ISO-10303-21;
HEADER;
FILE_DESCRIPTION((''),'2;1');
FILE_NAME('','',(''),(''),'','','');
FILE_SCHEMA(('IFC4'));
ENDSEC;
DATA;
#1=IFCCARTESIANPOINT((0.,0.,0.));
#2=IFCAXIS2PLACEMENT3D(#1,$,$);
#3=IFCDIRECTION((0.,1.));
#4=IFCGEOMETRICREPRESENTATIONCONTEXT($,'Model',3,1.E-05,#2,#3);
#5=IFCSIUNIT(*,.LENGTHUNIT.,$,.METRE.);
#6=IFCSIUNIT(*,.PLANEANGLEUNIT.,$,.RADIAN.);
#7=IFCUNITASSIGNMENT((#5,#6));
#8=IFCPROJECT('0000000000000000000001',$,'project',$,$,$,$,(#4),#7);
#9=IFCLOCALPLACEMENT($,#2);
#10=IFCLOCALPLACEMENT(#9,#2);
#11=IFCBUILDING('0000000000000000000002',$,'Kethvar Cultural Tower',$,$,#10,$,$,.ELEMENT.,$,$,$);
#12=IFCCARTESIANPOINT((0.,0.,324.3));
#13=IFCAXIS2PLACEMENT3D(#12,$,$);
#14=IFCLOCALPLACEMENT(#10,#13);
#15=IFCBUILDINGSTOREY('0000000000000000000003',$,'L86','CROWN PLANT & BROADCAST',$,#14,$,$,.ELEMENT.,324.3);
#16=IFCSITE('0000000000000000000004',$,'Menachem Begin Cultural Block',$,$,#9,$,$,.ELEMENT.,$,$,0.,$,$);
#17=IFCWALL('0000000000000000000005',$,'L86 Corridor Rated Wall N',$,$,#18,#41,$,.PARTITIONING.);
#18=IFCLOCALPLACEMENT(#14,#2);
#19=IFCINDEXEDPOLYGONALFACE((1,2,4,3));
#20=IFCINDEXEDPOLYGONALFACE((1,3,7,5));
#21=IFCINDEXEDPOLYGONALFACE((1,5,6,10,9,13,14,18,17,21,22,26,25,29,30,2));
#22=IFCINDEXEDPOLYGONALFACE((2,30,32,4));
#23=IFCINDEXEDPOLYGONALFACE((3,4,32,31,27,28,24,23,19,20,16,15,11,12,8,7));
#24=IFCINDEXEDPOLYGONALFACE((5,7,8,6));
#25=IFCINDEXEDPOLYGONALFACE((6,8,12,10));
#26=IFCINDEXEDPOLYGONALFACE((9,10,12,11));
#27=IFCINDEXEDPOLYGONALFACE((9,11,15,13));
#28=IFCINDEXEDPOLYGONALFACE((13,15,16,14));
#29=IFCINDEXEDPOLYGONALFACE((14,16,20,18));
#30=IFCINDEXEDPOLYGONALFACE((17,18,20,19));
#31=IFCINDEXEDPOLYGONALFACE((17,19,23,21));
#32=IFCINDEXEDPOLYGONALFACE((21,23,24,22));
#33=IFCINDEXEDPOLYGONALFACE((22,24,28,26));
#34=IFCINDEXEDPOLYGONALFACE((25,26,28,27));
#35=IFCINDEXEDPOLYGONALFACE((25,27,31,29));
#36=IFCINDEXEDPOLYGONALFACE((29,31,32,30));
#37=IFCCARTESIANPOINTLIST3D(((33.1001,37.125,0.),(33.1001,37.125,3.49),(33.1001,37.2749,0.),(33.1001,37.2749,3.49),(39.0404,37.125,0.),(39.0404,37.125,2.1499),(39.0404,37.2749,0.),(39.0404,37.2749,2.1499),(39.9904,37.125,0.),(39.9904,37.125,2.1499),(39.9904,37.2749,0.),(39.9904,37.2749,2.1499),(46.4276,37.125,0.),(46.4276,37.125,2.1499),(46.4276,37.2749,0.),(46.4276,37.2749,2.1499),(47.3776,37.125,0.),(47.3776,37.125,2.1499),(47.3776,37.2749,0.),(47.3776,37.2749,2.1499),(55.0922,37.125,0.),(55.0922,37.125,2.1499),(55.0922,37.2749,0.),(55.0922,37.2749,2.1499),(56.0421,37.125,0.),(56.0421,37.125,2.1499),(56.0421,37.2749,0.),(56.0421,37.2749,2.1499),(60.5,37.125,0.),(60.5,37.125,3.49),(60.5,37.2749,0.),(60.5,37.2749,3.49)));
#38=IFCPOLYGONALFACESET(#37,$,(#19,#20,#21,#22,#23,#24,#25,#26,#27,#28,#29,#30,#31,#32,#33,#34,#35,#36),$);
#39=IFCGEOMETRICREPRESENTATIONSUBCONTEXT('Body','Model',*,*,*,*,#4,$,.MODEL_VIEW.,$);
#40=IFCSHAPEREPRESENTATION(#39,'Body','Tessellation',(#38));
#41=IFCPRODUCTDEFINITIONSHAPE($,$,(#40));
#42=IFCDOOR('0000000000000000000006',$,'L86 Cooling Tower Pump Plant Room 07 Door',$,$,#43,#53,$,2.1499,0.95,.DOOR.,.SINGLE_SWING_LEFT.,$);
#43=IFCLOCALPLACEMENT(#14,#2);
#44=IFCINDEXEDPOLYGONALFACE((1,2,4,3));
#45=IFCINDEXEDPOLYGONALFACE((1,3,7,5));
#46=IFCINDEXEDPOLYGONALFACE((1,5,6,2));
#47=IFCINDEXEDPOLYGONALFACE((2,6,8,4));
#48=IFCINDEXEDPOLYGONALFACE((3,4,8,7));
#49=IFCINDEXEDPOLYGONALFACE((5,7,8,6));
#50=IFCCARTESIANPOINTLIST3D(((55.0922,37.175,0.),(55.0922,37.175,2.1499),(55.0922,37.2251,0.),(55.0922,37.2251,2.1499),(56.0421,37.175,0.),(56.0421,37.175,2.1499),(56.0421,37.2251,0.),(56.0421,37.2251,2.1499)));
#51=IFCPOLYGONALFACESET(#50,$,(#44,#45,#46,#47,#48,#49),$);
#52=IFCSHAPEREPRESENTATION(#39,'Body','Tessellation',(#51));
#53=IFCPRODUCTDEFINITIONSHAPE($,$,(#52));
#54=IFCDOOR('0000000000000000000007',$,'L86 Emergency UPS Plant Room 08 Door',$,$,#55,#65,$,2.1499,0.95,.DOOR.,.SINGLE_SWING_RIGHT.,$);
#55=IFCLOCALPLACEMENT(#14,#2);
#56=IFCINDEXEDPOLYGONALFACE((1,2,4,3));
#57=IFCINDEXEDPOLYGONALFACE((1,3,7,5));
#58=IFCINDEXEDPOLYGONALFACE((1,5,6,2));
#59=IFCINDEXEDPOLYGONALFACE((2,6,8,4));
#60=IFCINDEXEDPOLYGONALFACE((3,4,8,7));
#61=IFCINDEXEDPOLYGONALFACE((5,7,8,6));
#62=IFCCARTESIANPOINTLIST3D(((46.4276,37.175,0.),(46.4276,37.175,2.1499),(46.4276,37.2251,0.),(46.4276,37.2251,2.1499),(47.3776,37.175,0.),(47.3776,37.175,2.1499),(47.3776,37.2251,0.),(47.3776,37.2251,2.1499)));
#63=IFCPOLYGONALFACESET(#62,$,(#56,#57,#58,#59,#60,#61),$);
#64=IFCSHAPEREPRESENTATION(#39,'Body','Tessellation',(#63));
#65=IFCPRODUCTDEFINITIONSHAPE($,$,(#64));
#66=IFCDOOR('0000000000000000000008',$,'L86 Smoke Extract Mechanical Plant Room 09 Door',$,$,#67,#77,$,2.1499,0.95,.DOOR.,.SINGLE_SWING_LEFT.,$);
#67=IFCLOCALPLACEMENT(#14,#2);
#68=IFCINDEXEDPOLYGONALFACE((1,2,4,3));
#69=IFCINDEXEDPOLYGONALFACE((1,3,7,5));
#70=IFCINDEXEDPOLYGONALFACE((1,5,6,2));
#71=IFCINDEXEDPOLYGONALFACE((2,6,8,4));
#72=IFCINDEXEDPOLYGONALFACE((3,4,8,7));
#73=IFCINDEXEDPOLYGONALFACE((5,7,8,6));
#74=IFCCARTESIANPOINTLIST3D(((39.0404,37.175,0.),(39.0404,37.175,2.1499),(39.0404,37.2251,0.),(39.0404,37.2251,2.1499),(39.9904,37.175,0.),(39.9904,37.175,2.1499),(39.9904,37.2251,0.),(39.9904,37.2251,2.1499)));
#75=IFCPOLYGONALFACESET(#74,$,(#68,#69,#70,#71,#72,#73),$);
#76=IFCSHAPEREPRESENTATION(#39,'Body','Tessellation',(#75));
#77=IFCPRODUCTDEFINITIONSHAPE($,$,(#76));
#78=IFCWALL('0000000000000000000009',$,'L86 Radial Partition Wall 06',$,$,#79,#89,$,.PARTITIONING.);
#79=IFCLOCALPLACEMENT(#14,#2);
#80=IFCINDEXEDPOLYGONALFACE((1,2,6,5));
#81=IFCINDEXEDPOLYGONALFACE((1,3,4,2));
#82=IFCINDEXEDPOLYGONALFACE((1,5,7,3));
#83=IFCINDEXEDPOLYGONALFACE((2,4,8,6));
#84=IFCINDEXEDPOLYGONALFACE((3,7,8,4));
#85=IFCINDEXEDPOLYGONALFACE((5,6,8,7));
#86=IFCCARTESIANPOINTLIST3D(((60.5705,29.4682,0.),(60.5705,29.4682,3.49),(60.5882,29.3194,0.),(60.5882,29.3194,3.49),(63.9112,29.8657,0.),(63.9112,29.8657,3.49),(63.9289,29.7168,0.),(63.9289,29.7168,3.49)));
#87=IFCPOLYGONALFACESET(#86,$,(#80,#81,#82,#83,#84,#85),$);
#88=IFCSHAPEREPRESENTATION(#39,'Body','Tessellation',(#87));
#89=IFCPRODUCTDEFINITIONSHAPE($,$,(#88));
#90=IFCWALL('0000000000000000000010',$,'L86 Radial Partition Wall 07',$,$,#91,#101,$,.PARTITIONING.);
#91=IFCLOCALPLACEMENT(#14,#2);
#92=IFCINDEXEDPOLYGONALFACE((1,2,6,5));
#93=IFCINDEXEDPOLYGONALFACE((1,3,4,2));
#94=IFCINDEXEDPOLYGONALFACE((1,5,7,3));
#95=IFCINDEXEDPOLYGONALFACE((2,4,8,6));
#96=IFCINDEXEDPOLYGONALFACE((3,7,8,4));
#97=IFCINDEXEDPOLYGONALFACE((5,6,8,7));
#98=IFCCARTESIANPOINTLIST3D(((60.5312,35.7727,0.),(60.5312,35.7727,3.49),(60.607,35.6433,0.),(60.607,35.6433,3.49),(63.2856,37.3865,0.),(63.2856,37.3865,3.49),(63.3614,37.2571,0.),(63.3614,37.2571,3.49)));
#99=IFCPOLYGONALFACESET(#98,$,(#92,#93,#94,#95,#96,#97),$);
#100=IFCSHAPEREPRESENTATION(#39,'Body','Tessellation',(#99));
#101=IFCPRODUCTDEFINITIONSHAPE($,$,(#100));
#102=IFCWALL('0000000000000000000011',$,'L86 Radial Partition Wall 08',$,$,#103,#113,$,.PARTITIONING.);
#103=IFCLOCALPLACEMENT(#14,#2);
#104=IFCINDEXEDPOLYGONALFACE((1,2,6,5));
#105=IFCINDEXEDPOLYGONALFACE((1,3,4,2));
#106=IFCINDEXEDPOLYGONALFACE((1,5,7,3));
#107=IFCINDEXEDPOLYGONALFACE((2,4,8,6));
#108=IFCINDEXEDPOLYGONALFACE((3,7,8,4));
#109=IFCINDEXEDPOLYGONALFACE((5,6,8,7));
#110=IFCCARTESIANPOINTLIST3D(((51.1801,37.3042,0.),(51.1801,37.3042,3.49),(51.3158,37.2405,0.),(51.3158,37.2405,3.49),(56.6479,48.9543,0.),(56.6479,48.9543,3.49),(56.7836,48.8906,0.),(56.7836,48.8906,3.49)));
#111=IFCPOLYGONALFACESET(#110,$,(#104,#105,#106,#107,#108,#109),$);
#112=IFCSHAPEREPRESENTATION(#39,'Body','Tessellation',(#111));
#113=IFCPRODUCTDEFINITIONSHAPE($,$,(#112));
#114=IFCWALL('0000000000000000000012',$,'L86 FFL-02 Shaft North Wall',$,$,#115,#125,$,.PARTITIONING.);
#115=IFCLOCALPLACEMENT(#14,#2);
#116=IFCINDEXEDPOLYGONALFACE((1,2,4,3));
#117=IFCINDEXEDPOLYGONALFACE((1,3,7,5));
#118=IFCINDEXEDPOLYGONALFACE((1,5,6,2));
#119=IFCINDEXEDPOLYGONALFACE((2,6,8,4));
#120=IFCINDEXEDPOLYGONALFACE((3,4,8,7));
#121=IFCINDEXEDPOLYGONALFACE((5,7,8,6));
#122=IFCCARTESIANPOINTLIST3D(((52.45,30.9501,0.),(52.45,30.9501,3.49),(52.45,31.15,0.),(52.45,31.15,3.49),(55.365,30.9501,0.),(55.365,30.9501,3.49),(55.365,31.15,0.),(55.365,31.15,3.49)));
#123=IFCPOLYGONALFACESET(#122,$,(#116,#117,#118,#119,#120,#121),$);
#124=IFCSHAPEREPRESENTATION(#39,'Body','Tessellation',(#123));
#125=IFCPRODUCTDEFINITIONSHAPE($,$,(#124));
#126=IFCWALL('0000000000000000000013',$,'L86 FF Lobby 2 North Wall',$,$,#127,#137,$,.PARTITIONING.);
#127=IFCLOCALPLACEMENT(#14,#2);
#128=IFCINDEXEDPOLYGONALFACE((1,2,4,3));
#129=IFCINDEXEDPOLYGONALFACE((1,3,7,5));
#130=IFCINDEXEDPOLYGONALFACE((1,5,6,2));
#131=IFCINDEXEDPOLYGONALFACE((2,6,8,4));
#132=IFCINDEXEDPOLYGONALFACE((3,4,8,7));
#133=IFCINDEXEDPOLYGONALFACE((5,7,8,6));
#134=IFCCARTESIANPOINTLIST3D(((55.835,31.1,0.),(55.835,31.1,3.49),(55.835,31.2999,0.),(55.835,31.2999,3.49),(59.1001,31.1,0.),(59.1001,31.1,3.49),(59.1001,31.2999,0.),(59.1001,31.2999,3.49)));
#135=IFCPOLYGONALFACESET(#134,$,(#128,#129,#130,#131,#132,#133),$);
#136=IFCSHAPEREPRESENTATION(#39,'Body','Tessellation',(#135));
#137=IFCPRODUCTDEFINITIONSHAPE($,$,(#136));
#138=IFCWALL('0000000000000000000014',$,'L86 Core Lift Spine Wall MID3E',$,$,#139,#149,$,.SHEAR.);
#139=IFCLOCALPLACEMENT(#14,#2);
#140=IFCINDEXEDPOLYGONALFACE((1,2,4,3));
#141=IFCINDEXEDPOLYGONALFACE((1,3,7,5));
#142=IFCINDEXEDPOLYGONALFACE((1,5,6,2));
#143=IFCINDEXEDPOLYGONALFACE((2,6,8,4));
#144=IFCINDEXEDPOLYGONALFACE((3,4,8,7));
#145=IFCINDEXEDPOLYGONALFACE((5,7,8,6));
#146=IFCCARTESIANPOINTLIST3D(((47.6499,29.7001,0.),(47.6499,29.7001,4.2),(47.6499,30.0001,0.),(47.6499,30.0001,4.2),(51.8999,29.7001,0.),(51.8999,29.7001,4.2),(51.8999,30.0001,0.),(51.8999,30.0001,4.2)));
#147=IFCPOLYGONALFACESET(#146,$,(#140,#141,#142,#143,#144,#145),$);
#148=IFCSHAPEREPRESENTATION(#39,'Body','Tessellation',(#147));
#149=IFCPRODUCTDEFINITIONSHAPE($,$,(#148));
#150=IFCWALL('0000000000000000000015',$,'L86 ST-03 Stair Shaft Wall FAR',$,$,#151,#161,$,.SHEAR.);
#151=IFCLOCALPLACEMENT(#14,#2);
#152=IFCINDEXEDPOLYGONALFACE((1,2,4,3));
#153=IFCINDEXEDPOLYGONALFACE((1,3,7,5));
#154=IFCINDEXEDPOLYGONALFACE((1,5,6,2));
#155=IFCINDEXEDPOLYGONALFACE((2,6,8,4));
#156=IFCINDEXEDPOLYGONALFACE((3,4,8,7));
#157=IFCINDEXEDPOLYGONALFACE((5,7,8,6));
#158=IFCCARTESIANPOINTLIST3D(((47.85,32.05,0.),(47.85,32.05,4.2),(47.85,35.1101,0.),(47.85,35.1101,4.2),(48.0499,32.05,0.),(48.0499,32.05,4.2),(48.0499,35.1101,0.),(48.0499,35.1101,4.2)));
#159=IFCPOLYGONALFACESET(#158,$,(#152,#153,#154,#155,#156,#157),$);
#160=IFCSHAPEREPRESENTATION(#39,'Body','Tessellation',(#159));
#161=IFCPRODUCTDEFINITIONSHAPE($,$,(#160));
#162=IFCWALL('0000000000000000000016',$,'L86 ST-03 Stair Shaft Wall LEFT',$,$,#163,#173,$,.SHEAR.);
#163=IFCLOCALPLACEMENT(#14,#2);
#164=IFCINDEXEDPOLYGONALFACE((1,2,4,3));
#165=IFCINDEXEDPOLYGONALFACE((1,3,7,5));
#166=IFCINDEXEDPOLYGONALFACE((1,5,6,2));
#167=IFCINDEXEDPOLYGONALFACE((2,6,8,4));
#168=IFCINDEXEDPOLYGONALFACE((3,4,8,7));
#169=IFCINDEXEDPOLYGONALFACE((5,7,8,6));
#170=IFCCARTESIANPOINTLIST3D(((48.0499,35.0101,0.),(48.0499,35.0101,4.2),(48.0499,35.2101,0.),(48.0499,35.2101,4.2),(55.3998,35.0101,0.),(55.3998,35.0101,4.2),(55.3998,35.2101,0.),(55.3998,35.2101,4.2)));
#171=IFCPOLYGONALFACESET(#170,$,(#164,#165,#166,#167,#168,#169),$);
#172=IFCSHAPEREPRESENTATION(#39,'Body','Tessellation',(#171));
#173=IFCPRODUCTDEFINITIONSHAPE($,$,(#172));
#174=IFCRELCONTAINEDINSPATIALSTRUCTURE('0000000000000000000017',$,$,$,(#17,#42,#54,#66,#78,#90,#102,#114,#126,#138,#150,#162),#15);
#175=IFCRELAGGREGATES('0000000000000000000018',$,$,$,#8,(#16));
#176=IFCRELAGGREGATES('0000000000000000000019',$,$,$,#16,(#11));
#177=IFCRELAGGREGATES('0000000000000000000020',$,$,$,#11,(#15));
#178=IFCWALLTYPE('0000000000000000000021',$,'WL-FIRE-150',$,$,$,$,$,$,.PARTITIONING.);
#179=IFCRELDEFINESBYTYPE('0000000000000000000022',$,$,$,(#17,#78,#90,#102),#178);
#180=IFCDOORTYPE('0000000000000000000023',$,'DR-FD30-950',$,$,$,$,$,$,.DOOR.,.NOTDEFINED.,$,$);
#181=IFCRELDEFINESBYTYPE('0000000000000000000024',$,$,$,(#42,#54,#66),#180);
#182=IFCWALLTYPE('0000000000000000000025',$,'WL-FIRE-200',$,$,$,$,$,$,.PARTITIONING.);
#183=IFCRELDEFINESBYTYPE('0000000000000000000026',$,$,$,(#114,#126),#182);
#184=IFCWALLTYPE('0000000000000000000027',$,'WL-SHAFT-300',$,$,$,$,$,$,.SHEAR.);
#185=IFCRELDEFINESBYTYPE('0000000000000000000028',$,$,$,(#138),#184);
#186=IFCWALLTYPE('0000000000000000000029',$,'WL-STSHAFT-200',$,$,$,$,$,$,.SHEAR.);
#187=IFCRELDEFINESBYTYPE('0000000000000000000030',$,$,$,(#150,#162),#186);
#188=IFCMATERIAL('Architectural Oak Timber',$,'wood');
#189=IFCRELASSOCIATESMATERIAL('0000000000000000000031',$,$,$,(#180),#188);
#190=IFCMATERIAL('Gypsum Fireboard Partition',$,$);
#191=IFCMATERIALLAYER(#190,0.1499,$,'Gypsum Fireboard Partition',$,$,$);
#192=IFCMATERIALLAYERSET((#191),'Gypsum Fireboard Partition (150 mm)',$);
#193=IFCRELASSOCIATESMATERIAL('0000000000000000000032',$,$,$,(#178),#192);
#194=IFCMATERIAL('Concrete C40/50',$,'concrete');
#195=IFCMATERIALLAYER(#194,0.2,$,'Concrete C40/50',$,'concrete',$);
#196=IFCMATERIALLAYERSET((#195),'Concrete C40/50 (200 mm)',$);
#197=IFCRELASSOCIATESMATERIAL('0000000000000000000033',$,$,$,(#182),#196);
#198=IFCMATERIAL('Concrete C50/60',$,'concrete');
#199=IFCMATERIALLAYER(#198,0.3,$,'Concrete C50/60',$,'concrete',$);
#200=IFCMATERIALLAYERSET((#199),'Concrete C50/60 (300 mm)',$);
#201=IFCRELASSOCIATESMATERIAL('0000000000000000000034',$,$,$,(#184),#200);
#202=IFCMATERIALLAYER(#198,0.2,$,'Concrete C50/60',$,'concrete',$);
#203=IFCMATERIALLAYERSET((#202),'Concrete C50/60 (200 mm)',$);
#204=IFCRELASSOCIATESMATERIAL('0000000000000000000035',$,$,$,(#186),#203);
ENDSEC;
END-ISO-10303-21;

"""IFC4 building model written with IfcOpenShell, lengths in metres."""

from ifc_helpers import new_model, si_unit, direction, frame, frame_2d, origin, place, context, subcontext, project, spatial, rectangle, extrude, source, transform, mapped, material, layer, layer_set, type_object, element, fill, save


model = new_model("IFC4")

# Units and contexts
model_context = context("Model", 3, precision=1e-05, world=origin(), true_north=direction((0.0, 1.0)))
body_context = subcontext(model_context, "Body", "Model", "MODEL_VIEW")
ifc_project = project(units=[si_unit("LENGTHUNIT", "METRE"), si_unit("PLANEANGLEUNIT", "RADIAN")], contexts=[model_context])

# Site, building, storey
site_placement = place(None, origin())
site = spatial("IfcSite", under=ifc_project, at=site_placement, Name="Menachem Begin Cultural Block", CompositionType="ELEMENT", RefElevation=0.0)
building_placement = place(site_placement, origin())
building = spatial("IfcBuilding", under=site, at=building_placement, Name="Kethvar Cultural Tower", CompositionType="ELEMENT")
storey_placement = place(building_placement, frame((0.0, 0.0, 324.3)))
storey = spatial("IfcBuildingStorey", under=building, at=storey_placement, Name="L86", Description="CROWN PLANT & BROADCAST", CompositionType="ELEMENT", Elevation=324.3)

# Wall, openings, doors
ifc_material_1 = material(Name="Concrete C50/60", Category="concrete")
ifc_material_2 = material(Name="Architectural Oak Timber", Category="wood")
door_type_1 = type_object("IfcDoorType", Name="DR-FD30-950", OperationType="NOTDEFINED", PredefinedType="DOOR", material=ifc_material_2)
shared_shape_1 = source(origin(), body_context, "Body", "SweptSolid", [
    extrude(rectangle(XDim=0.95, YDim=2.1499, at=frame_2d((0.4751, 1.075))), frame((0.0, 0.0249, 0.0), z_axis=(0.0, -1.0, 0.0), x_axis=(1.0, 0.0, 0.0)), (0.0, 0.0, 1.0), 0.05),
])
ifc_material_3 = material(Name="Gypsum Fireboard Partition")
ifc_layer_1 = layer(ifc_material_3, 0.1499, Name="Gypsum Fireboard Partition")
ifc_layer_set_1 = layer_set([ifc_layer_1], Name="Gypsum Fireboard Partition (150 mm)")
wall_type_1 = type_object("IfcWallType", Name="WL-FIRE-150", PredefinedType="PARTITIONING", material=ifc_layer_set_1)
wall_1_placement = place(storey_placement, frame((60.5, 37.2, 0.0), z_axis=(0.0, 0.0, 1.0), x_axis=(-1.0, 0.0, 0.0)))
wall_1 = element("IfcWall", 1, at=wall_1_placement, inside=storey, type_object=wall_type_1, Name="L86 Corridor Rated Wall N", PredefinedType="PARTITIONING", context=body_context, shape_type="SweptSolid", body=[
    extrude(rectangle(XDim=27.3999, YDim=0.1499, at=frame_2d((13.7, 0.0))), origin(), (0.0, 0.0, 1.0), 3.49),
])
opening_1_placement = place(wall_1_placement, frame((4.4578, 0.0, 0.0)))
opening_1 = element("IfcOpeningElement", 2, at=opening_1_placement, cuts=wall_1, PredefinedType="OPENING", context=body_context, shape_type="SweptSolid", body=[
    extrude(rectangle(XDim=0.95, YDim=2.1499, at=frame_2d((0.4751, 1.075))), frame((0.0, 0.085, 0.0), z_axis=(0.0, -1.0, 0.0), x_axis=(1.0, 0.0, 0.0)), (0.0, 0.0, 1.0), 0.1699),
])
opening_2_placement = place(wall_1_placement, frame((13.1223, 0.0, 0.0)))
opening_2 = element("IfcOpeningElement", 3, at=opening_2_placement, cuts=wall_1, PredefinedType="OPENING", context=body_context, shape_type="SweptSolid", body=[
    extrude(rectangle(XDim=0.95, YDim=2.1499, at=frame_2d((0.4751, 1.075))), frame((0.0, 0.085, 0.0), z_axis=(0.0, -1.0, 0.0), x_axis=(1.0, 0.0, 0.0)), (0.0, 0.0, 1.0), 0.1699),
])
opening_3_placement = place(wall_1_placement, frame((20.5095, 0.0, 0.0)))
opening_3 = element("IfcOpeningElement", 4, at=opening_3_placement, cuts=wall_1, PredefinedType="OPENING", context=body_context, shape_type="SweptSolid", body=[
    extrude(rectangle(XDim=0.95, YDim=2.1499, at=frame_2d((0.4751, 1.075))), frame((0.0, 0.085, 0.0), z_axis=(0.0, -1.0, 0.0), x_axis=(1.0, 0.0, 0.0)), (0.0, 0.0, 1.0), 0.1699),
])
door_1_placement = place(opening_1_placement, origin())
door_1 = element("IfcDoor", 5, at=door_1_placement, inside=storey, type_object=door_type_1, Name="L86 Cooling Tower Pump Plant Room 07 Door", OperationType="SINGLE_SWING_LEFT", OverallHeight=2.1499, OverallWidth=0.95, PredefinedType="DOOR", context=body_context, shape_type="MappedRepresentation", body=[
    mapped(shared_shape_1, transform((0.0, 0.0, 0.0), scale=1.0)),
])
fill(opening_1, door_1)
door_2_placement = place(opening_2_placement, origin())
door_2 = element("IfcDoor", 6, at=door_2_placement, inside=storey, type_object=door_type_1, Name="L86 Emergency UPS Plant Room 08 Door", OperationType="SINGLE_SWING_RIGHT", OverallHeight=2.1499, OverallWidth=0.95, PredefinedType="DOOR", context=body_context, shape_type="MappedRepresentation", body=[
    mapped(shared_shape_1, transform((0.0, 0.0, 0.0), scale=1.0)),
])
fill(opening_2, door_2)
door_3_placement = place(opening_3_placement, origin())
door_3 = element("IfcDoor", 7, at=door_3_placement, inside=storey, type_object=door_type_1, Name="L86 Smoke Extract Mechanical Plant Room 09 Door", OperationType="SINGLE_SWING_LEFT", OverallHeight=2.1499, OverallWidth=0.95, PredefinedType="DOOR", context=body_context, shape_type="MappedRepresentation", body=[
    mapped(shared_shape_1, transform((0.0, 0.0, 0.0), scale=1.0)),
])
fill(opening_3, door_3)

# Walls
wall_2_placement = place(storey_placement, frame((60.5793, 29.3938, 0.0), z_axis=(0.0, 0.0, 1.0), x_axis=(0.992996, 0.118146, 0.0)))
element("IfcWall", 8, at=wall_2_placement, inside=storey, type_object=wall_type_1, Name="L86 Radial Partition Wall 06", PredefinedType="PARTITIONING", context=body_context, shape_type="SweptSolid", body=[
    extrude(rectangle(XDim=3.3643, YDim=0.1499, at=frame_2d((1.6821, 0.0))), origin(), (0.0, 0.0, 1.0), 3.49),
])
wall_3_placement = place(storey_placement, frame((60.5691, 35.708, 0.0), z_axis=(0.0, 0.0, 1.0), x_axis=(0.862818, 0.505515, 0.0)))
element("IfcWall", 9, at=wall_3_placement, inside=storey, type_object=wall_type_1, Name="L86 Radial Partition Wall 07", PredefinedType="PARTITIONING", context=body_context, shape_type="SweptSolid", body=[
    extrude(rectangle(XDim=3.1924, YDim=0.1499, at=frame_2d((1.5962, 0.0))), origin(), (0.0, 0.0, 1.0), 3.49),
])
wall_4_placement = place(storey_placement, frame((51.248, 37.2725, 0.0), z_axis=(0.0, 0.0, 1.0), x_axis=(0.424865, 0.905257, 0.0)))
element("IfcWall", 10, at=wall_4_placement, inside=storey, type_object=wall_type_1, Name="L86 Radial Partition Wall 08", PredefinedType="PARTITIONING", context=body_context, shape_type="SweptSolid", body=[
    extrude(rectangle(XDim=12.8694, YDim=0.1499, at=frame_2d((6.4346, 0.0))), origin(), (0.0, 0.0, 1.0), 3.49),
])
ifc_material_4 = material(Name="Concrete C40/50", Category="concrete")
ifc_layer_2 = layer(ifc_material_4, 0.2, Name="Concrete C40/50", Category="concrete")
ifc_layer_set_2 = layer_set([ifc_layer_2], Name="Concrete C40/50 (200 mm)")
wall_type_2 = type_object("IfcWallType", Name="WL-FIRE-200", PredefinedType="PARTITIONING", material=ifc_layer_set_2)
wall_5_placement = place(storey_placement, frame((52.45, 31.05, 0.0), z_axis=(0.0, 0.0, 1.0), x_axis=(1.0, 0.0, 0.0)))
element("IfcWall", 11, at=wall_5_placement, inside=storey, type_object=wall_type_2, Name="L86 FFL-02 Shaft North Wall", PredefinedType="PARTITIONING", context=body_context, shape_type="SweptSolid", body=[
    extrude(rectangle(XDim=2.915, YDim=0.2, at=frame_2d((1.4575, 0.0))), origin(), (0.0, 0.0, 1.0), 3.49),
])
wall_6_placement = place(storey_placement, frame((55.835, 31.2, 0.0), z_axis=(0.0, 0.0, 1.0), x_axis=(1.0, 0.0, 0.0)))
element("IfcWall", 12, at=wall_6_placement, inside=storey, type_object=wall_type_2, Name="L86 FF Lobby 2 North Wall", PredefinedType="PARTITIONING", context=body_context, shape_type="SweptSolid", body=[
    extrude(rectangle(XDim=3.2651, YDim=0.2, at=frame_2d((1.6326, 0.0))), origin(), (0.0, 0.0, 1.0), 3.49),
])
ifc_layer_3 = layer(ifc_material_1, 0.3, Name="Concrete C50/60", Category="concrete")
ifc_layer_set_3 = layer_set([ifc_layer_3], Name="Concrete C50/60 (300 mm)")
wall_type_3 = type_object("IfcWallType", Name="WL-SHAFT-300", PredefinedType="SHEAR", material=ifc_layer_set_3)
wall_7_placement = place(storey_placement, frame((47.6499, 29.8501, 0.0), z_axis=(0.0, 0.0, 1.0), x_axis=(1.0, 0.0, 0.0)))
element("IfcWall", 13, at=wall_7_placement, inside=storey, type_object=wall_type_3, Name="L86 Core Lift Spine Wall MID3E", PredefinedType="SHEAR", context=body_context, shape_type="SweptSolid", body=[
    extrude(rectangle(XDim=4.25, YDim=0.3, at=frame_2d((2.125, 0.0))), origin(), (0.0, 0.0, 1.0), 4.2),
])
ifc_layer_4 = layer(ifc_material_1, 0.2, Name="Concrete C50/60", Category="concrete")
ifc_layer_set_4 = layer_set([ifc_layer_4], Name="Concrete C50/60 (200 mm)")
wall_type_4 = type_object("IfcWallType", Name="WL-STSHAFT-200", PredefinedType="SHEAR", material=ifc_layer_set_4)
wall_8_placement = place(storey_placement, frame((47.95, 32.05, 0.0), z_axis=(0.0, 0.0, 1.0), x_axis=(0.0, 1.0, 0.0)))
element("IfcWall", 14, at=wall_8_placement, inside=storey, type_object=wall_type_4, Name="L86 ST-03 Stair Shaft Wall FAR", PredefinedType="SHEAR", context=body_context, shape_type="SweptSolid", body=[
    extrude(rectangle(XDim=3.0601, YDim=0.2, at=frame_2d((1.53, 0.0))), origin(), (0.0, 0.0, 1.0), 4.2),
])
for number, where, z_axis, x_axis, name in (
    (15, (48.05, 35.1101, 0.0), (0.0, 0.0, 1.0), (1.0, 0.0, 0.0), "L86 ST-03 Stair Shaft Wall LEFT"),
):
    element("IfcWall", number, at=place(storey_placement, frame(where, z_axis=z_axis, x_axis=x_axis)), inside=storey, type_object=wall_type_4, Name=name, PredefinedType="SHEAR", context=body_context, shape_type="SweptSolid", body=[
        extrude(rectangle(XDim=7.3499, YDim=0.2, at=frame_2d((3.6748, 0.0))), origin(), (0.0, 0.0, 1.0), 4.2),
    ])

save(model, "model.ifc")
